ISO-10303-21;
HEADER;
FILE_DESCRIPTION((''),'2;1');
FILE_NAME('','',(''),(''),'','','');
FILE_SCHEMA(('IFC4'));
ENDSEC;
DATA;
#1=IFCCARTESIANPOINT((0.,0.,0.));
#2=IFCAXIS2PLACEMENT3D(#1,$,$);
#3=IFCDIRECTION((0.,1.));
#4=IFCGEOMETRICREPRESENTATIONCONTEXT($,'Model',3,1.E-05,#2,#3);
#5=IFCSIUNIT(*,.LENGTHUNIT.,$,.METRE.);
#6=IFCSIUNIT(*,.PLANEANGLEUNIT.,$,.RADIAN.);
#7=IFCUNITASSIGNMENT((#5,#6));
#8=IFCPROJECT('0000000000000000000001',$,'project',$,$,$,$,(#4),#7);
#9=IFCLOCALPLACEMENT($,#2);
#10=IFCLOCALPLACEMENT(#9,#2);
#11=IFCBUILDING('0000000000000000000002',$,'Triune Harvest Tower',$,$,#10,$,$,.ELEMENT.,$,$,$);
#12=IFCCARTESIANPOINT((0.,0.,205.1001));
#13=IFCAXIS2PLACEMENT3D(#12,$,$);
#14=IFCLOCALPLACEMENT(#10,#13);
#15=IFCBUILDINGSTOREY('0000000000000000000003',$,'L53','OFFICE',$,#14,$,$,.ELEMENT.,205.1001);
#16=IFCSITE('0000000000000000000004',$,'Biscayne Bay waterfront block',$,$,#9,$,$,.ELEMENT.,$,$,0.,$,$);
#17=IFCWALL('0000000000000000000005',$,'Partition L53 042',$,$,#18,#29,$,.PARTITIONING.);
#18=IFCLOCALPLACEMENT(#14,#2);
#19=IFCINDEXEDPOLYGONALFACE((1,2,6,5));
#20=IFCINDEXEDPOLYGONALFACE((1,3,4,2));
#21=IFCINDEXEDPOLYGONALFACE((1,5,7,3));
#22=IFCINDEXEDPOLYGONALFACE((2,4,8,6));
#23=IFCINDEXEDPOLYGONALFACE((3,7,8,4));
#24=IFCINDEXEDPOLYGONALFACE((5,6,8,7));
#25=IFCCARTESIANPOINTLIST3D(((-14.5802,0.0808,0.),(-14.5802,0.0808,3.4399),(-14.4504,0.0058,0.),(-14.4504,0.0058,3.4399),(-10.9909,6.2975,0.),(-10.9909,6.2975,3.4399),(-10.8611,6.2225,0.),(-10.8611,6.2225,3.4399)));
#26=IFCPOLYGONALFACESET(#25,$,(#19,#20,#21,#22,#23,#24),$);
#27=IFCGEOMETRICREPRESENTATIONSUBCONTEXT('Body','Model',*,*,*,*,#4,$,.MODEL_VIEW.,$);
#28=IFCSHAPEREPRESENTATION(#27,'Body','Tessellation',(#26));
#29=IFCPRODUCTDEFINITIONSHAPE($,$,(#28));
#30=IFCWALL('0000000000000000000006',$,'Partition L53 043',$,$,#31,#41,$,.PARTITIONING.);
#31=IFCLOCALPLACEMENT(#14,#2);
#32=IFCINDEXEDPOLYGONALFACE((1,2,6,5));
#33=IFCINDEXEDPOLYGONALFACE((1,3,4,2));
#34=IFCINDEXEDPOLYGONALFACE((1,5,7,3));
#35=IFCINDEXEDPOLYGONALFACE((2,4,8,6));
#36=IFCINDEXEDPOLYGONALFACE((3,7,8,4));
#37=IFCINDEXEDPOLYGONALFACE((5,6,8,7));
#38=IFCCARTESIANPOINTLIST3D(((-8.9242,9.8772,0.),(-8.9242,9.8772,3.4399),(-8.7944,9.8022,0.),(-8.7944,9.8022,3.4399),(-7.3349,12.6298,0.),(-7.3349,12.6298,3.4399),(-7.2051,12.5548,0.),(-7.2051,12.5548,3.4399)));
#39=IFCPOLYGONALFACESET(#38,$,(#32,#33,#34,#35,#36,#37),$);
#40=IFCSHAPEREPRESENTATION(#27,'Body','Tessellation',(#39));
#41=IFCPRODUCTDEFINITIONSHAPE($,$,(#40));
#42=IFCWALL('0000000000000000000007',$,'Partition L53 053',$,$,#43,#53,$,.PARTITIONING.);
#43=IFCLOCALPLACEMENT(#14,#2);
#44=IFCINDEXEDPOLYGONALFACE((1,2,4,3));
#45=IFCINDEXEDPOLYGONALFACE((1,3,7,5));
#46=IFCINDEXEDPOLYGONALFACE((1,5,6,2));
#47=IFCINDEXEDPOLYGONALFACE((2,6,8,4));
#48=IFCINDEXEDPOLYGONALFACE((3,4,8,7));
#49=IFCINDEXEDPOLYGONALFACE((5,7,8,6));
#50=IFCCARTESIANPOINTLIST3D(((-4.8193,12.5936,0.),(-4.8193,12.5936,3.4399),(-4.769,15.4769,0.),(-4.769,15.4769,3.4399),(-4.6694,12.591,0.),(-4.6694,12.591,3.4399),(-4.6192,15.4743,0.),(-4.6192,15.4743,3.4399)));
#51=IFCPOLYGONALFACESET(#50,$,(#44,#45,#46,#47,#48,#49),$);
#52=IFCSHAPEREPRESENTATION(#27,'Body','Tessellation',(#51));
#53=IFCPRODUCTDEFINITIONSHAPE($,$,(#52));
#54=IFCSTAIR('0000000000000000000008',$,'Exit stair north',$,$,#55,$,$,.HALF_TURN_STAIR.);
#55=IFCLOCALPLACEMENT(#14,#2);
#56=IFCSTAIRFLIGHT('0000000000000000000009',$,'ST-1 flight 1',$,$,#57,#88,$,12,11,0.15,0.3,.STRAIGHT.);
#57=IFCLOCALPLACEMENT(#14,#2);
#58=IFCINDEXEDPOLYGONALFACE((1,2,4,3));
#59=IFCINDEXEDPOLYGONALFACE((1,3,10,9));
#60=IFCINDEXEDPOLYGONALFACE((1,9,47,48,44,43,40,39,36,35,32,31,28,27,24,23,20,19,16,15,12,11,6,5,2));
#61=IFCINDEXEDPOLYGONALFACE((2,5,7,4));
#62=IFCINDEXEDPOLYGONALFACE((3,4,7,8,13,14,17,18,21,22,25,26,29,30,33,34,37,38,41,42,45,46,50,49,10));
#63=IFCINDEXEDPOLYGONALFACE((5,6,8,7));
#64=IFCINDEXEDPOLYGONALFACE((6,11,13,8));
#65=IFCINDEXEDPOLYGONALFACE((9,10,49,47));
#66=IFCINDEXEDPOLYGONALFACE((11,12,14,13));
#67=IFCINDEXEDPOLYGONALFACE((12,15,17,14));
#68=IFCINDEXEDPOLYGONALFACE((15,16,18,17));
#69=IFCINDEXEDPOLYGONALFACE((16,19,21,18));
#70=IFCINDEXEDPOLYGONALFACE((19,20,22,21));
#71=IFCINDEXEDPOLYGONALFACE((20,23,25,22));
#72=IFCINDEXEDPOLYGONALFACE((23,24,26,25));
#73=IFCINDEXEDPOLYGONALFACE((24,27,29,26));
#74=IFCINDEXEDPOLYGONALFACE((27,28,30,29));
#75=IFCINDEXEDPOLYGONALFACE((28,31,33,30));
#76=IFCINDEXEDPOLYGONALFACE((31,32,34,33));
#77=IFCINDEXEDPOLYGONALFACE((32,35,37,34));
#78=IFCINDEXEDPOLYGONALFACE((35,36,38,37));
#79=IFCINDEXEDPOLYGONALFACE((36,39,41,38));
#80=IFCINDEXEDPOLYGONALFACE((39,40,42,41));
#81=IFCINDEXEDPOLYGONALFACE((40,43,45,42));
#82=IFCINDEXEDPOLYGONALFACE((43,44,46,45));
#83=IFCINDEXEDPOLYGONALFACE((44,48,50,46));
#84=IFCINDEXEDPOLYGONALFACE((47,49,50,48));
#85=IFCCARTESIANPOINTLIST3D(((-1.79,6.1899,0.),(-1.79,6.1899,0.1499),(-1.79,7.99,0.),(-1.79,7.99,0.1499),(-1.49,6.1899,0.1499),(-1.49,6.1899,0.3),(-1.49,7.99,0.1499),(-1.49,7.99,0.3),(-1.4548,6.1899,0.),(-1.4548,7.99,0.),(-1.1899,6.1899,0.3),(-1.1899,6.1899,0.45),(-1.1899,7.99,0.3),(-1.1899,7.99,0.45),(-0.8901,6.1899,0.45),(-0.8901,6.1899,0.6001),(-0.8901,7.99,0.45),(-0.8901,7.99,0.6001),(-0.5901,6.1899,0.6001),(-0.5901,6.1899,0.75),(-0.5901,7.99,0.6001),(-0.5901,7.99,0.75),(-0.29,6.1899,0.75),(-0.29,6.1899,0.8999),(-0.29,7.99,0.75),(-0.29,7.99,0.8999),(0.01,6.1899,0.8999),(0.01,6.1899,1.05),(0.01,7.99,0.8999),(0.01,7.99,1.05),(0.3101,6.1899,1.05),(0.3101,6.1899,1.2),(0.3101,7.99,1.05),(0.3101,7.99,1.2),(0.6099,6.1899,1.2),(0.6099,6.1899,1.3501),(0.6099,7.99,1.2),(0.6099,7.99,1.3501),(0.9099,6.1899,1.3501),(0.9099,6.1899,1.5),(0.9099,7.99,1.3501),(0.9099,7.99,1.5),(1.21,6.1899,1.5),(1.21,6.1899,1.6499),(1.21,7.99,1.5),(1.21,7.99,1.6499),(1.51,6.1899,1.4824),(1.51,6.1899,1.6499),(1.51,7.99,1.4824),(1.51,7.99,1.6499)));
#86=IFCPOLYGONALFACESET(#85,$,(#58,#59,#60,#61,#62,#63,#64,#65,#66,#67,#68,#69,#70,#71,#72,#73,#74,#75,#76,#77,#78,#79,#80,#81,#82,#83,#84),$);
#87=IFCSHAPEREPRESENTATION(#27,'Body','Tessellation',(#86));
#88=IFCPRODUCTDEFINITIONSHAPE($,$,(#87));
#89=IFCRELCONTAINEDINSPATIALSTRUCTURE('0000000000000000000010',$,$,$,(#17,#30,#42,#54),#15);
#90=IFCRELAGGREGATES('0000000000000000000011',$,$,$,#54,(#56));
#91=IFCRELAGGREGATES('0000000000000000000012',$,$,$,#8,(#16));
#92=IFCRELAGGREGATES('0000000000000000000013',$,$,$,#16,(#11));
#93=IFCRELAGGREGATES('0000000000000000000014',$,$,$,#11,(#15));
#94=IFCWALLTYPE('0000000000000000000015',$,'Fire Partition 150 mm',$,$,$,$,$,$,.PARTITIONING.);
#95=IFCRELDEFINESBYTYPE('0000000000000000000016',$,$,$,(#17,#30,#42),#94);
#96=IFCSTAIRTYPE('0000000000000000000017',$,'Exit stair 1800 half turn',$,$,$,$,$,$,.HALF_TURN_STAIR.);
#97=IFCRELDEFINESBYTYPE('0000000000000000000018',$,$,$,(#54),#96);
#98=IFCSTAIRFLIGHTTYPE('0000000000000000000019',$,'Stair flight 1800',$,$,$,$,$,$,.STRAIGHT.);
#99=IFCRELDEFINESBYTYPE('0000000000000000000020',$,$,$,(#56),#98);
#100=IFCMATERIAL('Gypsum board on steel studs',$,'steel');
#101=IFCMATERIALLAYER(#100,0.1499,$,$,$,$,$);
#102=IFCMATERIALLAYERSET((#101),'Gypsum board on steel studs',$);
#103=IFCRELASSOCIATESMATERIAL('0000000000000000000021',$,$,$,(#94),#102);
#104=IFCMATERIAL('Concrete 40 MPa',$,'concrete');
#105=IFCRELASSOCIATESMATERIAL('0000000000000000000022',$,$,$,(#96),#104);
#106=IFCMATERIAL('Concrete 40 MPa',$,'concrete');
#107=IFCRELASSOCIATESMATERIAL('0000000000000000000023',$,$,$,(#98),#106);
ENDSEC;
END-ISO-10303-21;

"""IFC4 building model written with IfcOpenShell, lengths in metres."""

from ifc_helpers import new_model, si_unit, direction, frame, frame_2d, origin, place, context, subcontext, project, spatial, polyline, rectangle, outline, extrude, source, transform, mapped, material, layer, layer_set, type_object, element, aggregate, save


model = new_model("IFC4")

# Units and contexts
model_context = context("Model", 3, precision=1e-05, world=origin(), true_north=direction((0.0, 1.0)))
body_context = subcontext(model_context, "Body", "Model", "MODEL_VIEW")
ifc_project = project(units=[si_unit("LENGTHUNIT", "METRE"), si_unit("PLANEANGLEUNIT", "RADIAN")], contexts=[model_context])

# Site, building, storey
site_placement = place(None, origin())
site = spatial("IfcSite", under=ifc_project, at=site_placement, Name="Biscayne Bay waterfront block", CompositionType="ELEMENT", RefElevation=0.0)
building_placement = place(site_placement, origin())
building = spatial("IfcBuilding", under=site, at=building_placement, Name="Triune Harvest Tower", CompositionType="ELEMENT")
storey_placement = place(building_placement, frame((0.0, 0.0, 205.1001)))
storey = spatial("IfcBuildingStorey", under=building, at=storey_placement, Name="L53", Description="OFFICE", CompositionType="ELEMENT", Elevation=205.1001)

# Walls
ifc_material_1 = material(Name="Gypsum board on steel studs", Category="steel")
ifc_layer_1 = layer(ifc_material_1, 0.1499)
ifc_layer_set_1 = layer_set([ifc_layer_1], Name="Gypsum board on steel studs")
wall_type_1 = type_object("IfcWallType", Name="Fire Partition 150 mm", PredefinedType="PARTITIONING", material=ifc_layer_set_1)
shared_shape_1 = source(origin(), body_context, "Body", "SweptSolid", [
    extrude(rectangle(XDim=7.1785, YDim=0.1499, at=frame_2d((3.5894, 0.0))), origin(), (0.0, 0.0, 1.0), 3.4399),
])
wall_1_placement = place(storey_placement, frame((-14.5154, 0.0432, 0.0), z_axis=(0.0, 0.0, 1.0), x_axis=(0.500009, 0.86602, 0.0)))
element("IfcWall", 1, at=wall_1_placement, inside=storey, type_object=wall_type_1, Name="Partition L53 042", PredefinedType="PARTITIONING", context=body_context, shape_type="MappedRepresentation", body=[
    mapped(shared_shape_1, transform((0.0, 0.0, 0.0), scale=1.0)),
])
shared_shape_2 = source(origin(), body_context, "Body", "SweptSolid", [
    extrude(rectangle(XDim=3.1785, YDim=0.1499, at=frame_2d((1.5894, 0.0))), origin(), (0.0, 0.0, 1.0), 3.4399),
])
wall_2_placement = place(storey_placement, frame((-8.8594, 9.8396, 0.0), z_axis=(0.0, 0.0, 1.0), x_axis=(0.500022, 0.866013, 0.0)))
element("IfcWall", 2, at=wall_2_placement, inside=storey, type_object=wall_type_1, Name="Partition L53 043", PredefinedType="PARTITIONING", context=body_context, shape_type="MappedRepresentation", body=[
    mapped(shared_shape_2, transform((0.0, 0.0, 0.0), scale=1.0)),
])
shared_shape_3 = source(origin(), body_context, "Body", "SweptSolid", [
    extrude(rectangle(XDim=2.8838, YDim=0.1499, at=frame_2d((1.4419, 0.0))), origin(), (0.0, 0.0, 1.0), 3.4399),
])
wall_3_placement = place(storey_placement, frame((-4.7444, 12.5923, 0.0), z_axis=(0.0, 0.0, 1.0), x_axis=(0.01744, 0.999848, 0.0)))
element("IfcWall", 3, at=wall_3_placement, inside=storey, type_object=wall_type_1, Name="Partition L53 053", PredefinedType="PARTITIONING", context=body_context, shape_type="MappedRepresentation", body=[
    mapped(shared_shape_3, transform((0.0, 0.0, 0.0), scale=1.0)),
])

# Stair, stair flight
ifc_material_2 = material(Name="Concrete 40 MPa", Category="concrete")
stair_type = type_object("IfcStairType", Name="Exit stair 1800 half turn", PredefinedType="HALF_TURN_STAIR", material=ifc_material_2)
stair_placement = place(storey_placement, origin())
stair = element("IfcStair", 4, at=stair_placement, inside=storey, type_object=stair_type, Name="Exit stair north", PredefinedType="HALF_TURN_STAIR")
ifc_material_3 = material(Name="Concrete 40 MPa", Category="concrete")
stair_flight_type = type_object("IfcStairFlightType", Name="Stair flight 1800", PredefinedType="STRAIGHT", material=ifc_material_3)
shared_shape_4 = source(origin(), body_context, "Body", "SweptSolid", [
    extrude(outline(polyline([(0.0, 0.0), (0.0, 0.1499), (0.3, 0.1499), (0.3, 0.3), (0.6001, 0.3), (0.6001, 0.45), (0.8999, 0.45), (0.8999, 0.6001), (1.2, 0.6001), (1.2, 0.75), (1.5, 0.75), (1.5, 0.8999), (1.8, 0.8999), (1.8, 1.05), (2.1001, 1.05), (2.1001, 1.2), (2.3999, 1.2), (2.3999, 1.3501), (2.7, 1.3501), (2.7, 1.5), (3.0, 1.5), (3.0, 1.6499), (3.3, 1.6499), (3.3, 1.8), (3.3, 1.4824), (0.3352, 0.0), (0.0, 0.0)])), frame((0.0, 0.8999, 0.0), z_axis=(0.0, -1.0, 0.0), x_axis=(1.0, 0.0, 0.0)), (0.0, 0.0, 1.0), 1.8),
])
stair_flight_placement = place(storey_placement, frame((-1.79, 7.0901, 0.0), z_axis=(0.0, 0.0, 1.0), x_axis=(1.0, 0.0, 0.0)))
stair_flight = element("IfcStairFlight", 5, at=stair_flight_placement, type_object=stair_flight_type, Name="ST-1 flight 1", NumberOfRisers=12, NumberOfTreads=11, PredefinedType="STRAIGHT", RiserHeight=0.15, TreadLength=0.3, context=body_context, shape_type="MappedRepresentation", body=[
    mapped(shared_shape_4, transform((0.0, 0.0, 0.0), scale=1.0)),
])
aggregate(stair, [stair_flight])

save(model, "model.ifc")
